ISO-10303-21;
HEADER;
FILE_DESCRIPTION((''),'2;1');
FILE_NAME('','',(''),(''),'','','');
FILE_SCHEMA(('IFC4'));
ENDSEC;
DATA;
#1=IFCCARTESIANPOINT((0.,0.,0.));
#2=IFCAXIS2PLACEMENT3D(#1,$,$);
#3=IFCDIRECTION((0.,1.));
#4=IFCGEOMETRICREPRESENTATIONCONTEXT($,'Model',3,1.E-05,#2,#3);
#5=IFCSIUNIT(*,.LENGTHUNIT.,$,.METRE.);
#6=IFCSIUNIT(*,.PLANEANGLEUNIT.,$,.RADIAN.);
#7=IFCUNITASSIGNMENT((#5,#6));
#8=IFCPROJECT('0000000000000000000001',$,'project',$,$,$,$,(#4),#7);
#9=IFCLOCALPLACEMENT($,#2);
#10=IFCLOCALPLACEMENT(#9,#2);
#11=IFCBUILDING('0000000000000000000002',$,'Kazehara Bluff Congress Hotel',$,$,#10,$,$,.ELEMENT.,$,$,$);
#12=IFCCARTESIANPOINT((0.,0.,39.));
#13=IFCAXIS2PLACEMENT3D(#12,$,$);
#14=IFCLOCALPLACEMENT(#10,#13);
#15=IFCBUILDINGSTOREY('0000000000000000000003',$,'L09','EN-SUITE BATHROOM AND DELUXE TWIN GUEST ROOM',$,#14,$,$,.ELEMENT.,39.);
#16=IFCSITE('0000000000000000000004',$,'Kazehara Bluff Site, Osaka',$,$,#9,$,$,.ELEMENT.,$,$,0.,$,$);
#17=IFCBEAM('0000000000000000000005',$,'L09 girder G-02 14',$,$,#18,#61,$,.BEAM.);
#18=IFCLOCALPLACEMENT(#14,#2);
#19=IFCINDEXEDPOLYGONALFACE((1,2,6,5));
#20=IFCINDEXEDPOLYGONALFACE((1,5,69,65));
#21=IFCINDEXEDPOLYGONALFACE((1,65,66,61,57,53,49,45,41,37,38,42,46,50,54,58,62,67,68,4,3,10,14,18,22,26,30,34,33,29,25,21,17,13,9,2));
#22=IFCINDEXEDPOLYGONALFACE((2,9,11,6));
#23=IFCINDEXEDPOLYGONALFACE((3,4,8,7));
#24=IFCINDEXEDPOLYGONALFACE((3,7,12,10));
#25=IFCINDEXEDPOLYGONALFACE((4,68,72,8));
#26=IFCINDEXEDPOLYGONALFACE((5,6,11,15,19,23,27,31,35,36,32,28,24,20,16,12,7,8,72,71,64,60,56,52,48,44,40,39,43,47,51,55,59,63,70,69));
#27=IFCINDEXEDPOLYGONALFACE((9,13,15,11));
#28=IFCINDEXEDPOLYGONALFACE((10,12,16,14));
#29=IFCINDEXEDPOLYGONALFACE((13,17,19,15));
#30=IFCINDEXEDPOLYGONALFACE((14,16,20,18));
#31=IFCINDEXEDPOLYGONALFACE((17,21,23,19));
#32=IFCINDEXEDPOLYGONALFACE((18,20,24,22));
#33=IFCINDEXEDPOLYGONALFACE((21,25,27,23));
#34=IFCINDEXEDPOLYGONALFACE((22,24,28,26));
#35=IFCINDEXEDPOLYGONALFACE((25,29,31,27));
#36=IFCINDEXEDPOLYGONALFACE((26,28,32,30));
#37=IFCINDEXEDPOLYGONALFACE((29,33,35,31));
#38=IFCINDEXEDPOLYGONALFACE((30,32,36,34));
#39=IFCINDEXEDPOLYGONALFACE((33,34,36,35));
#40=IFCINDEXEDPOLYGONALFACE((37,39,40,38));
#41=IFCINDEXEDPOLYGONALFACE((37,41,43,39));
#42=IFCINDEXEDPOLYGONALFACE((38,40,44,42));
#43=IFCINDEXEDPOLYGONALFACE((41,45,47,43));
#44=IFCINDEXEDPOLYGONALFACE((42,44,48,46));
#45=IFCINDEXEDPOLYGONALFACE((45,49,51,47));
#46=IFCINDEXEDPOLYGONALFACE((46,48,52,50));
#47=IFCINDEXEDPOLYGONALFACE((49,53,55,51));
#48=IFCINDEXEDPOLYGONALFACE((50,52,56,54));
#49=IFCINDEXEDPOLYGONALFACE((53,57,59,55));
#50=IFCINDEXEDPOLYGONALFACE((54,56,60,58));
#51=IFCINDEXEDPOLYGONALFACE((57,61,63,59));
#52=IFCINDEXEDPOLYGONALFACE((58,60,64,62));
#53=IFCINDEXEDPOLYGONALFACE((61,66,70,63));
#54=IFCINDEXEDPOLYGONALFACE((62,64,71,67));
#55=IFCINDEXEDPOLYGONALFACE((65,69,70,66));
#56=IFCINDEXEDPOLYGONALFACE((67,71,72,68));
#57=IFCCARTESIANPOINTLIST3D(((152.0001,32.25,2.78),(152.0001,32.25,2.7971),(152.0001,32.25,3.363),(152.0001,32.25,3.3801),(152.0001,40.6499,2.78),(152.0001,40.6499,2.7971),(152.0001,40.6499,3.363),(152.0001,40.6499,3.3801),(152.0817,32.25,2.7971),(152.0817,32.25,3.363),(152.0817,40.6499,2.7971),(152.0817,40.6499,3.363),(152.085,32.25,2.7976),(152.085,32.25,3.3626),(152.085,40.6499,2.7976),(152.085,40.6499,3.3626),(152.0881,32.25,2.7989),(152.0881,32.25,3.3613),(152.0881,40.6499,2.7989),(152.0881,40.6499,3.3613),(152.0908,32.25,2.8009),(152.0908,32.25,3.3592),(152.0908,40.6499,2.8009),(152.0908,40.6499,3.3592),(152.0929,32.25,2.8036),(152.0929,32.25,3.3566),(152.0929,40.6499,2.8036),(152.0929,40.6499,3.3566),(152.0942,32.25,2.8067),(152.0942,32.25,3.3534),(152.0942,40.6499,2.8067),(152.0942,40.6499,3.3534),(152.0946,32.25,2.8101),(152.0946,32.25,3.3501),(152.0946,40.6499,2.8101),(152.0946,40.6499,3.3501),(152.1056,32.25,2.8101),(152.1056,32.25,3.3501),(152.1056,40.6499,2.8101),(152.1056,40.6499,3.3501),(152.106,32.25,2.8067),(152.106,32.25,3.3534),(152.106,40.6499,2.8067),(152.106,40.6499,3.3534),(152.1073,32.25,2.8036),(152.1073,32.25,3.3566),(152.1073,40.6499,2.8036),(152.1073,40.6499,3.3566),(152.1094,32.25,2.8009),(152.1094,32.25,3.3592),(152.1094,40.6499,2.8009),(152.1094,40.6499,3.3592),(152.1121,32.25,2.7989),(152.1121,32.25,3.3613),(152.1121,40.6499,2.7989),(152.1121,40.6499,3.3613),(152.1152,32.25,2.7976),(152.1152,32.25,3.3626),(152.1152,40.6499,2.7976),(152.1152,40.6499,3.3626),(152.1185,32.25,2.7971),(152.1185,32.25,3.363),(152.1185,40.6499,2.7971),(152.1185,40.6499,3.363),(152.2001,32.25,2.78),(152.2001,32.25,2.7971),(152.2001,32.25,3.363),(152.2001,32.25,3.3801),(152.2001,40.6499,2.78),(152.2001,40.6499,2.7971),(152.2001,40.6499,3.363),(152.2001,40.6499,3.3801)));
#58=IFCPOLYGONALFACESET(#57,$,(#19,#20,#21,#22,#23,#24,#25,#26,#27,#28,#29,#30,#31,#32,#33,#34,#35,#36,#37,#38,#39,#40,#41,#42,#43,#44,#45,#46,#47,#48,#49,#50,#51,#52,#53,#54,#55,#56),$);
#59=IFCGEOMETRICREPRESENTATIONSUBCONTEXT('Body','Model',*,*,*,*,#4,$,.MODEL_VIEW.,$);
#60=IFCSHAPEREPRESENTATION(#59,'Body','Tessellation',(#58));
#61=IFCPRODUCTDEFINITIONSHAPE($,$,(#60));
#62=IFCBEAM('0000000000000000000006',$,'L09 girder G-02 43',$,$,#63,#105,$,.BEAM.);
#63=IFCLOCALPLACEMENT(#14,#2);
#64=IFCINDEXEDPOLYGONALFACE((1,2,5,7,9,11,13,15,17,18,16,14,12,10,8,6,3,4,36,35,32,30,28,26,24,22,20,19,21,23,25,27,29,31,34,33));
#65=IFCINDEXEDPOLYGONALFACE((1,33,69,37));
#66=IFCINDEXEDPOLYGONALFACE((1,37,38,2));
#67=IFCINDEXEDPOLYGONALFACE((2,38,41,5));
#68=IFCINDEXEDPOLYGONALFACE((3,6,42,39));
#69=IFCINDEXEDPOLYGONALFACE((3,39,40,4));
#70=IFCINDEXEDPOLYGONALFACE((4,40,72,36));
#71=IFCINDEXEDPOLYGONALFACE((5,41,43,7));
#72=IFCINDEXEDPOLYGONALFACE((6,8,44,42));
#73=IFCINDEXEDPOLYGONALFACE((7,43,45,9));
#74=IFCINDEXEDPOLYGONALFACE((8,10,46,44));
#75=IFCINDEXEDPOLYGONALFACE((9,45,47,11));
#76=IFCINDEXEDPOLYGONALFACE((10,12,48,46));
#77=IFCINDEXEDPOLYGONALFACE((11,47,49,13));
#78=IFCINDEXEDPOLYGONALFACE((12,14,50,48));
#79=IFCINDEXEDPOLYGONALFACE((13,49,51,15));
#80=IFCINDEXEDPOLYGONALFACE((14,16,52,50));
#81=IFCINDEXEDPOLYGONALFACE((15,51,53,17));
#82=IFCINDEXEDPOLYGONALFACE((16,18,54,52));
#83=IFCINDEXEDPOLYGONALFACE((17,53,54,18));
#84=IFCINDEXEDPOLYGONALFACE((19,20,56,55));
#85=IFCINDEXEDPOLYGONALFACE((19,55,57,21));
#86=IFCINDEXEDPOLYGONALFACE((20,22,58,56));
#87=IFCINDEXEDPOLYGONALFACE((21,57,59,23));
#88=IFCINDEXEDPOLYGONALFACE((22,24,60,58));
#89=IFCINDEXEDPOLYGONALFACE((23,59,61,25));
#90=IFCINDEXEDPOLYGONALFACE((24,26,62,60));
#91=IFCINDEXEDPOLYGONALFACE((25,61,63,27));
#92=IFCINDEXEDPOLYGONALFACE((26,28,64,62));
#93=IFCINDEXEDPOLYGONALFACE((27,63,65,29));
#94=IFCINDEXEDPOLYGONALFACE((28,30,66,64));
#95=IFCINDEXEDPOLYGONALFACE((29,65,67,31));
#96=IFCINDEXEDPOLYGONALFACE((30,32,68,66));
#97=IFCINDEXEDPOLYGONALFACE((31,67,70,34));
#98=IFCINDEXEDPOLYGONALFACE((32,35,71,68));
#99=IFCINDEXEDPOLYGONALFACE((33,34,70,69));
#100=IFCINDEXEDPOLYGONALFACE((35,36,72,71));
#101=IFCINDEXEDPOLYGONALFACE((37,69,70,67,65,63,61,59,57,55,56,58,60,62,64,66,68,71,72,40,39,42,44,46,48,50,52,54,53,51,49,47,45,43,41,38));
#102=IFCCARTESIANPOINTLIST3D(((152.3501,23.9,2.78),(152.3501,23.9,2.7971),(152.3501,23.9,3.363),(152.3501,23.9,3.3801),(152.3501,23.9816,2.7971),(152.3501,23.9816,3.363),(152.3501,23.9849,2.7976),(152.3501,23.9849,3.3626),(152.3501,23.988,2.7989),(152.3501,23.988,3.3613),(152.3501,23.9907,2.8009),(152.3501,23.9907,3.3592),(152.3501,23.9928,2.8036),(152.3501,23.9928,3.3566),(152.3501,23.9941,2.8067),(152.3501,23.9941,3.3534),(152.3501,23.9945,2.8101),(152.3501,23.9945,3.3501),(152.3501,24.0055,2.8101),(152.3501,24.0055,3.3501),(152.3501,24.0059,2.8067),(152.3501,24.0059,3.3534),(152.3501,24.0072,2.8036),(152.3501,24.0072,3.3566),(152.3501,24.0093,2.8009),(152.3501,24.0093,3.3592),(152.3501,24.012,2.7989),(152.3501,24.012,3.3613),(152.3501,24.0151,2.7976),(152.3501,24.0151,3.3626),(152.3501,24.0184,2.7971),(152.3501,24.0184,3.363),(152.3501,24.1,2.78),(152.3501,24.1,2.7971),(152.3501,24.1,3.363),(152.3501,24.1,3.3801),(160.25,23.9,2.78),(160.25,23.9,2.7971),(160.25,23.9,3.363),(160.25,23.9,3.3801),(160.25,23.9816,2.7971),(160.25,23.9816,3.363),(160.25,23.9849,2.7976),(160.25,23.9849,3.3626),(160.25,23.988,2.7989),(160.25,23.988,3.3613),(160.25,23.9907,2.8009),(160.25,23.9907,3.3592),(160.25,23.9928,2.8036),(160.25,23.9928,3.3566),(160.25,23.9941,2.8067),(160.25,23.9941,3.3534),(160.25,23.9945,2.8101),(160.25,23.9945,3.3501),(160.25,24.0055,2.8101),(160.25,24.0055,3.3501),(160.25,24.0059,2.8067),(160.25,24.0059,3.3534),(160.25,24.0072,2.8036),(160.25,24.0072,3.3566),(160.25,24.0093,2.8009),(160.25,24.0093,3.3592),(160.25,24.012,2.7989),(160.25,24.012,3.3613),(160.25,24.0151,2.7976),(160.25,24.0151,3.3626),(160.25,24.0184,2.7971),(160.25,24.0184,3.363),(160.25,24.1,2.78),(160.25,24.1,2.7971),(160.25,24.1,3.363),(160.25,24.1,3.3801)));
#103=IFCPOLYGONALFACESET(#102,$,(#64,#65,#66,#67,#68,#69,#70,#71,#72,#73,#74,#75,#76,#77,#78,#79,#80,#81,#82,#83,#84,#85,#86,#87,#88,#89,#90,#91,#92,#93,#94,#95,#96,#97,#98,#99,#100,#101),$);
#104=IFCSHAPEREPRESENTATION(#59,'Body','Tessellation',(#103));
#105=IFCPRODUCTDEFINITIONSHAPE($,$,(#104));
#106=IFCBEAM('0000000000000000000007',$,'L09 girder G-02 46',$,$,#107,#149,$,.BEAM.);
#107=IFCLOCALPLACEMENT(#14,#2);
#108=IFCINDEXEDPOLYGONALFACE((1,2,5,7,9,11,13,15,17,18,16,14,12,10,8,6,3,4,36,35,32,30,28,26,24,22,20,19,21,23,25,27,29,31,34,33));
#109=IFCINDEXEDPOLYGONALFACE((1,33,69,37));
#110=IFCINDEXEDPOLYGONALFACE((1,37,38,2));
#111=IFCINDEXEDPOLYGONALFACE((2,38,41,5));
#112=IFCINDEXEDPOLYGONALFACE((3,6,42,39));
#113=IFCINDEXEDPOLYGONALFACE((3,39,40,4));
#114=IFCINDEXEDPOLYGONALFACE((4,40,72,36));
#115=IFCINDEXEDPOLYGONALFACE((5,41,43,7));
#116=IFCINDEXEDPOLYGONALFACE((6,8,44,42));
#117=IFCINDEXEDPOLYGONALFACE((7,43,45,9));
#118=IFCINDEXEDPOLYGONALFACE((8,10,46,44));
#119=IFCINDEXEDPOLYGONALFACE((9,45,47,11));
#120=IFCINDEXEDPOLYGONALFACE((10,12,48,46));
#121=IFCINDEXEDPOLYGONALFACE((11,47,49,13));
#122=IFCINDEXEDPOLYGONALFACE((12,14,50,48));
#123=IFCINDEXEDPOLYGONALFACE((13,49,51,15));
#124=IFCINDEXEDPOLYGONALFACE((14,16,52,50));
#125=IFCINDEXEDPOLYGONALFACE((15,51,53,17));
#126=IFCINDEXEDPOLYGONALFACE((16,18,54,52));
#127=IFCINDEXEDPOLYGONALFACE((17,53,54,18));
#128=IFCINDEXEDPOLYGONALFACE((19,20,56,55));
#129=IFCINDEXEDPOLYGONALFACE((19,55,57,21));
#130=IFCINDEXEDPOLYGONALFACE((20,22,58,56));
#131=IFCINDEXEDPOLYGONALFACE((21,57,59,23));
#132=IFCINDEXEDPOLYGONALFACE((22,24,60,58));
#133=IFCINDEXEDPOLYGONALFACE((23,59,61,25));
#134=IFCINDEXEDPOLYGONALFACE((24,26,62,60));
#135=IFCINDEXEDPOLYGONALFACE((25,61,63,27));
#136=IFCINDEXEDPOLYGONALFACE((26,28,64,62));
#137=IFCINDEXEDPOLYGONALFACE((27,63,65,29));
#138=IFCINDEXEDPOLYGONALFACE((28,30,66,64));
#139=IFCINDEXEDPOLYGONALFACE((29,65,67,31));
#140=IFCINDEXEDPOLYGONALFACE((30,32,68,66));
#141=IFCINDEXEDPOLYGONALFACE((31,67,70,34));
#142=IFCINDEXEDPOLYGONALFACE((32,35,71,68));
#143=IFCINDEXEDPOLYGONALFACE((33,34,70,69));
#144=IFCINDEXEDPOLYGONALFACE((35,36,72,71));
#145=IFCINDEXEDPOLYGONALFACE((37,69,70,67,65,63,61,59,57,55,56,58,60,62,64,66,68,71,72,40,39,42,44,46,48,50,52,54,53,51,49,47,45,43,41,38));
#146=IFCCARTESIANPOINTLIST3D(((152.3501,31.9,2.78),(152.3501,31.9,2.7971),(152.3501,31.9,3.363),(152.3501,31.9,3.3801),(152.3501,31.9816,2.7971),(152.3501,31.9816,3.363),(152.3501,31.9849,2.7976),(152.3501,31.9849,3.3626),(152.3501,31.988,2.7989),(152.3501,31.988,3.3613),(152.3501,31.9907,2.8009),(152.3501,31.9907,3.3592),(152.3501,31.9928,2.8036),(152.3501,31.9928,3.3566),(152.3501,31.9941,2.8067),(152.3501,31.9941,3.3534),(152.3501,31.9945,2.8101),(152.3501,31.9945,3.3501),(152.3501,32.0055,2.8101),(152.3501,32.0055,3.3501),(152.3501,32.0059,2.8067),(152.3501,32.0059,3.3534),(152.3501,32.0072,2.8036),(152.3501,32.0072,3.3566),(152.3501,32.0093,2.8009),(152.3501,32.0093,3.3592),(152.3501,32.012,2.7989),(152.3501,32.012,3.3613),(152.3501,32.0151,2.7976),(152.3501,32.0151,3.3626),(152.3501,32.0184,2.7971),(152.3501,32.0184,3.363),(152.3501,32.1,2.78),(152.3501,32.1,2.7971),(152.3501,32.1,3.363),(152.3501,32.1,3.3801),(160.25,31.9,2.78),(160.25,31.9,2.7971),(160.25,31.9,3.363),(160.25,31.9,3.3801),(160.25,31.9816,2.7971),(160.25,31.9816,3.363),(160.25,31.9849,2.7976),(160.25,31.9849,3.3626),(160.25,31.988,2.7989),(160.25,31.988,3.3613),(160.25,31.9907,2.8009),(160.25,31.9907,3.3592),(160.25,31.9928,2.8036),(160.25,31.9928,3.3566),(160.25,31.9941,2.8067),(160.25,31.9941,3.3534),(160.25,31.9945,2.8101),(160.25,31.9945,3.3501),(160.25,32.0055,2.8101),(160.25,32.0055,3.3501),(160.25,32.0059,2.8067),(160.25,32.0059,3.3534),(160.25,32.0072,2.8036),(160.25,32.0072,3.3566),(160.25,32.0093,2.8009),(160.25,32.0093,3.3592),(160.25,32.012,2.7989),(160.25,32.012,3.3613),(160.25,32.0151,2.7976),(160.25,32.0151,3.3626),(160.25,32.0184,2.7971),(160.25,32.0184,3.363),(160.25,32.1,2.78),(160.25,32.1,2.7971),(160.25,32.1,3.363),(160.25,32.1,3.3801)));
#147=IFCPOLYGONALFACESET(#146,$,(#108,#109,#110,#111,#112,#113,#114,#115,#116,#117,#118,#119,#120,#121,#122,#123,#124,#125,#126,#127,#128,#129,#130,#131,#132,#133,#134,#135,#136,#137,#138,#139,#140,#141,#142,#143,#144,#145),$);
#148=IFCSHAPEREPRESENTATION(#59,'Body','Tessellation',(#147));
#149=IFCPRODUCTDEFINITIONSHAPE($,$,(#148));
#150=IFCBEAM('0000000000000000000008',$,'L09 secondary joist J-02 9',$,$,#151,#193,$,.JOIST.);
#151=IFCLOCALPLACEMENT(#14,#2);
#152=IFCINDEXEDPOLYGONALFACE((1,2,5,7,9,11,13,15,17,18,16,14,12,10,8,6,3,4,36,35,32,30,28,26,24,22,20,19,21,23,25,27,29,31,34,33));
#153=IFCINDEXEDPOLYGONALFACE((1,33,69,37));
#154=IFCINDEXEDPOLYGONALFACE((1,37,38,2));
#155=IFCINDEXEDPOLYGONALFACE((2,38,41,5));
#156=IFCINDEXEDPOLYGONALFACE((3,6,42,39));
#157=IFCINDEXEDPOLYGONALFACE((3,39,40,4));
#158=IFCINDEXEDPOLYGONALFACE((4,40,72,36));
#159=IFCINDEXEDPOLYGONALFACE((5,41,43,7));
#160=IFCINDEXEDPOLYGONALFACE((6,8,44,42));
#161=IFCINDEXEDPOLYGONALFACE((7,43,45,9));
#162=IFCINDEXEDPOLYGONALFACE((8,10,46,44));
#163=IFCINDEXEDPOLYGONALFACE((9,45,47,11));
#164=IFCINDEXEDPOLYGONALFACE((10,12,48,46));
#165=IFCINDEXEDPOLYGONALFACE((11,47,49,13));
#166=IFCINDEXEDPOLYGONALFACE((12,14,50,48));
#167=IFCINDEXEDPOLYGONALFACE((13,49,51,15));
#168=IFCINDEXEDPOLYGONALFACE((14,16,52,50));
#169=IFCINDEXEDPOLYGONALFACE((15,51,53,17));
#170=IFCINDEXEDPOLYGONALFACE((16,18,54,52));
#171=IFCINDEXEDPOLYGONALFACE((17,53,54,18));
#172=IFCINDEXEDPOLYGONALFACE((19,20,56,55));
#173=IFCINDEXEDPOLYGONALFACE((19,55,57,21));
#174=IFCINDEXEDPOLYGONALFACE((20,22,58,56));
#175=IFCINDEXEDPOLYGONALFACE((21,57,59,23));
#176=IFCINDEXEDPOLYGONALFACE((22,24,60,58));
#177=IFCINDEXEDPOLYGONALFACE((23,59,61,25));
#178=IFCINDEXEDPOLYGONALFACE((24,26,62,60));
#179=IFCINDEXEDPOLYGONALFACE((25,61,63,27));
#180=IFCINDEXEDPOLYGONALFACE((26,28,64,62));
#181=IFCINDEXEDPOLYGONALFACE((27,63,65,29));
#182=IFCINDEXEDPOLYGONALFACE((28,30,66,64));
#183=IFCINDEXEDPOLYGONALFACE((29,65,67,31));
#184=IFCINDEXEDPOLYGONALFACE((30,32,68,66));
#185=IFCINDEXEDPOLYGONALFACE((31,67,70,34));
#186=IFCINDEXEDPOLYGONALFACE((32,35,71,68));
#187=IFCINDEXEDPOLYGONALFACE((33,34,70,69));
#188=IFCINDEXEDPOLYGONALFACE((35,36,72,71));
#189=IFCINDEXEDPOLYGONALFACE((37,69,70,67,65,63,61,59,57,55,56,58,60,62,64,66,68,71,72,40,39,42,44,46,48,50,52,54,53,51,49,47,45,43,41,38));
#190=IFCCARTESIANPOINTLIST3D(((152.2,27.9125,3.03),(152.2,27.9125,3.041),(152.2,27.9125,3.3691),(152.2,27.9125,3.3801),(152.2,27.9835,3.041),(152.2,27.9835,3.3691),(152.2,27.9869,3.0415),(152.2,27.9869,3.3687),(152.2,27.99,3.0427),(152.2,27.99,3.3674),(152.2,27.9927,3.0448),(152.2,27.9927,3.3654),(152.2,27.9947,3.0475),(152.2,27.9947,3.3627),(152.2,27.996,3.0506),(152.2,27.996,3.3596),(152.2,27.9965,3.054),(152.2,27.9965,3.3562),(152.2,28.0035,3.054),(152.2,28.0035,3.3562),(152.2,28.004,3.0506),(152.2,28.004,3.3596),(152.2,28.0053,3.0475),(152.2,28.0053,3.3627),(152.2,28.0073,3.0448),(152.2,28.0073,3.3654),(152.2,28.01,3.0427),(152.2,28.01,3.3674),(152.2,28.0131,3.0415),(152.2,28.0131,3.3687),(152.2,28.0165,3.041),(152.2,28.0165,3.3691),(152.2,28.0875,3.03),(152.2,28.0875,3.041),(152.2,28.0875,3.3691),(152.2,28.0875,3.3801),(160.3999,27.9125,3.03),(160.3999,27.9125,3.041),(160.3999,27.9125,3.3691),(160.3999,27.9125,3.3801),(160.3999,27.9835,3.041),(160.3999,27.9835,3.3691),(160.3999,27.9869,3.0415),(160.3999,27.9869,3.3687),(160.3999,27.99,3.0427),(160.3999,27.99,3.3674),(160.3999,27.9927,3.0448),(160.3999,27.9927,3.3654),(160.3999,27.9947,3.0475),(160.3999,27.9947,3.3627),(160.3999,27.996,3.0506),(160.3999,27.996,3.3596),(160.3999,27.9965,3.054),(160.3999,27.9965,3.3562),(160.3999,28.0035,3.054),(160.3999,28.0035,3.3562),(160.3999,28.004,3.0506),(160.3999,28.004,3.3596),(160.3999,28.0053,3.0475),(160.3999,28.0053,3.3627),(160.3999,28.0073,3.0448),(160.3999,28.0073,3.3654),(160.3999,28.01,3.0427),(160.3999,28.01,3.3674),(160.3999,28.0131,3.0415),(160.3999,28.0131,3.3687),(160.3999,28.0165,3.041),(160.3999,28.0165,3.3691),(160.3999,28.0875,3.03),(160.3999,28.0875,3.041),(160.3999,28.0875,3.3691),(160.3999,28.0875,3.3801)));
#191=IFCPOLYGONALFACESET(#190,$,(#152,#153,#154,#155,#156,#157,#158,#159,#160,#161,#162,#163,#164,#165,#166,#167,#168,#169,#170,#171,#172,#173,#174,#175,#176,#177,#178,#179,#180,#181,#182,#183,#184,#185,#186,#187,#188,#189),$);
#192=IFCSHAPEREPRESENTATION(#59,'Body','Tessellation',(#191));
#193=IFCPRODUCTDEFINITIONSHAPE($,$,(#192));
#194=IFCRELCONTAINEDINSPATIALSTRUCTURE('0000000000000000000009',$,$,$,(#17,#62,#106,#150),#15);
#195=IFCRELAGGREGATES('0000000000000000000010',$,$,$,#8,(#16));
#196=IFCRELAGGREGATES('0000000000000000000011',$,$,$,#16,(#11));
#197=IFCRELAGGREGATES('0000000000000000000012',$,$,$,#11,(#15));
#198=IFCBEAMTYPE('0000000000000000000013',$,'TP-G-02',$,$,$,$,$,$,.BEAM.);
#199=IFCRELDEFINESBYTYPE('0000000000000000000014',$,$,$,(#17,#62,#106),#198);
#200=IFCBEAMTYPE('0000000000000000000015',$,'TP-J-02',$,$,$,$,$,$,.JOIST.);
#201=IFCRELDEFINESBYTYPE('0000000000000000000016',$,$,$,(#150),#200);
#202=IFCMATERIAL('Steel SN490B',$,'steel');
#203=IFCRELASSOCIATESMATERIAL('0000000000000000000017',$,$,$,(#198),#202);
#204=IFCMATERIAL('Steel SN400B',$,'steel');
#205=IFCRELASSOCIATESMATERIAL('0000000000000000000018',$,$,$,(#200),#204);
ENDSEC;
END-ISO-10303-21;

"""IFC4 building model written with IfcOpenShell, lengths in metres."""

from ifc_helpers import new_model, si_unit, direction, frame, origin, origin_2d, place, context, subcontext, project, spatial, i_section, extrude, material, material_profile, profile_set, type_object, element, save


model = new_model("IFC4")

# Units and contexts
model_context = context("Model", 3, precision=1e-05, world=origin(), true_north=direction((0.0, 1.0)))
body_context = subcontext(model_context, "Body", "Model", "MODEL_VIEW")
ifc_project = project(units=[si_unit("LENGTHUNIT", "METRE"), si_unit("PLANEANGLEUNIT", "RADIAN")], contexts=[model_context])

# Site, building, storey
site_placement = place(None, origin())
site = spatial("IfcSite", under=ifc_project, at=site_placement, Name="Kazehara Bluff Site, Osaka", CompositionType="ELEMENT", RefElevation=0.0)
building_placement = place(site_placement, origin())
building = spatial("IfcBuilding", under=site, at=building_placement, Name="Kazehara Bluff Congress Hotel", CompositionType="ELEMENT")
storey_placement = place(building_placement, frame((0.0, 0.0, 39.0)))
storey = spatial("IfcBuildingStorey", under=building, at=storey_placement, Name="L09", Description="EN-SUITE BATHROOM AND DELUXE TWIN GUEST ROOM", CompositionType="ELEMENT", Elevation=39.0)

# Beams
ifc_material_1 = material(Name="Steel SN490B", Category="steel")
ifc_material_profile_1 = material_profile(ifc_material_1, i_section(OverallWidth=0.2, OverallDepth=0.6001, WebThickness=0.011, FlangeThickness=0.0171, FilletRadius=0.0129, at=origin_2d()))
ifc_profile_set_1 = profile_set([ifc_material_profile_1], Name="Steel SN490B")
beam_type_1 = type_object("IfcBeamType", Name="TP-G-02", PredefinedType="BEAM", material=ifc_profile_set_1)
beam_1_placement = place(storey_placement, frame((152.1001, 32.25, 3.0801), z_axis=(0.0, 1.0, 0.0), x_axis=(-1.0, 0.0, 0.0)))
element("IfcBeam", 1, at=beam_1_placement, inside=storey, type_object=beam_type_1, Name="L09 girder G-02 14", PredefinedType="BEAM", context=body_context, shape_type="SweptSolid", body=[
    extrude(i_section(OverallWidth=0.2, OverallDepth=0.6001, WebThickness=0.011, FlangeThickness=0.0171, FilletRadius=0.0129, at=origin_2d()), origin(), (0.0, 0.0, 1.0), 8.3999),
])
for number, where, z_axis, x_axis, name in (
    (2, (152.3501, 24.0, 3.0801), (1.0, 0.0, 0.0), (0.0, 1.0, 0.0), "L09 girder G-02 43"),
    (3, (152.3501, 32.0, 3.0801), (1.0, 0.0, 0.0), (0.0, 1.0, 0.0), "L09 girder G-02 46"),
):
    element("IfcBeam", number, at=place(storey_placement, frame(where, z_axis=z_axis, x_axis=x_axis)), inside=storey, type_object=beam_type_1, Name=name, PredefinedType="BEAM", context=body_context, shape_type="SweptSolid", body=[
        extrude(i_section(OverallWidth=0.2, OverallDepth=0.6001, WebThickness=0.011, FlangeThickness=0.0171, FilletRadius=0.0129, at=origin_2d()), origin(), (0.0, 0.0, 1.0), 7.8999),
    ])
ifc_material_2 = material(Name="Steel SN400B", Category="steel")
ifc_material_profile_2 = material_profile(ifc_material_2, i_section(OverallWidth=0.175, OverallDepth=0.3501, WebThickness=0.0071, FlangeThickness=0.011, FilletRadius=0.0129, at=origin_2d()))
ifc_profile_set_2 = profile_set([ifc_material_profile_2], Name="Steel SN400B")
beam_type_2 = type_object("IfcBeamType", Name="TP-J-02", PredefinedType="JOIST", material=ifc_profile_set_2)
beam_2_placement = place(storey_placement, frame((152.2, 28.0, 3.2051), z_axis=(1.0, 0.0, 0.0), x_axis=(0.0, 1.0, 0.0)))
element("IfcBeam", 4, at=beam_2_placement, inside=storey, type_object=beam_type_2, Name="L09 secondary joist J-02 9", PredefinedType="JOIST", context=body_context, shape_type="SweptSolid", body=[
    extrude(i_section(OverallWidth=0.175, OverallDepth=0.3501, WebThickness=0.0071, FlangeThickness=0.011, FilletRadius=0.0129, at=origin_2d()), origin(), (0.0, 0.0, 1.0), 8.2),
])

save(model, "model.ifc")
